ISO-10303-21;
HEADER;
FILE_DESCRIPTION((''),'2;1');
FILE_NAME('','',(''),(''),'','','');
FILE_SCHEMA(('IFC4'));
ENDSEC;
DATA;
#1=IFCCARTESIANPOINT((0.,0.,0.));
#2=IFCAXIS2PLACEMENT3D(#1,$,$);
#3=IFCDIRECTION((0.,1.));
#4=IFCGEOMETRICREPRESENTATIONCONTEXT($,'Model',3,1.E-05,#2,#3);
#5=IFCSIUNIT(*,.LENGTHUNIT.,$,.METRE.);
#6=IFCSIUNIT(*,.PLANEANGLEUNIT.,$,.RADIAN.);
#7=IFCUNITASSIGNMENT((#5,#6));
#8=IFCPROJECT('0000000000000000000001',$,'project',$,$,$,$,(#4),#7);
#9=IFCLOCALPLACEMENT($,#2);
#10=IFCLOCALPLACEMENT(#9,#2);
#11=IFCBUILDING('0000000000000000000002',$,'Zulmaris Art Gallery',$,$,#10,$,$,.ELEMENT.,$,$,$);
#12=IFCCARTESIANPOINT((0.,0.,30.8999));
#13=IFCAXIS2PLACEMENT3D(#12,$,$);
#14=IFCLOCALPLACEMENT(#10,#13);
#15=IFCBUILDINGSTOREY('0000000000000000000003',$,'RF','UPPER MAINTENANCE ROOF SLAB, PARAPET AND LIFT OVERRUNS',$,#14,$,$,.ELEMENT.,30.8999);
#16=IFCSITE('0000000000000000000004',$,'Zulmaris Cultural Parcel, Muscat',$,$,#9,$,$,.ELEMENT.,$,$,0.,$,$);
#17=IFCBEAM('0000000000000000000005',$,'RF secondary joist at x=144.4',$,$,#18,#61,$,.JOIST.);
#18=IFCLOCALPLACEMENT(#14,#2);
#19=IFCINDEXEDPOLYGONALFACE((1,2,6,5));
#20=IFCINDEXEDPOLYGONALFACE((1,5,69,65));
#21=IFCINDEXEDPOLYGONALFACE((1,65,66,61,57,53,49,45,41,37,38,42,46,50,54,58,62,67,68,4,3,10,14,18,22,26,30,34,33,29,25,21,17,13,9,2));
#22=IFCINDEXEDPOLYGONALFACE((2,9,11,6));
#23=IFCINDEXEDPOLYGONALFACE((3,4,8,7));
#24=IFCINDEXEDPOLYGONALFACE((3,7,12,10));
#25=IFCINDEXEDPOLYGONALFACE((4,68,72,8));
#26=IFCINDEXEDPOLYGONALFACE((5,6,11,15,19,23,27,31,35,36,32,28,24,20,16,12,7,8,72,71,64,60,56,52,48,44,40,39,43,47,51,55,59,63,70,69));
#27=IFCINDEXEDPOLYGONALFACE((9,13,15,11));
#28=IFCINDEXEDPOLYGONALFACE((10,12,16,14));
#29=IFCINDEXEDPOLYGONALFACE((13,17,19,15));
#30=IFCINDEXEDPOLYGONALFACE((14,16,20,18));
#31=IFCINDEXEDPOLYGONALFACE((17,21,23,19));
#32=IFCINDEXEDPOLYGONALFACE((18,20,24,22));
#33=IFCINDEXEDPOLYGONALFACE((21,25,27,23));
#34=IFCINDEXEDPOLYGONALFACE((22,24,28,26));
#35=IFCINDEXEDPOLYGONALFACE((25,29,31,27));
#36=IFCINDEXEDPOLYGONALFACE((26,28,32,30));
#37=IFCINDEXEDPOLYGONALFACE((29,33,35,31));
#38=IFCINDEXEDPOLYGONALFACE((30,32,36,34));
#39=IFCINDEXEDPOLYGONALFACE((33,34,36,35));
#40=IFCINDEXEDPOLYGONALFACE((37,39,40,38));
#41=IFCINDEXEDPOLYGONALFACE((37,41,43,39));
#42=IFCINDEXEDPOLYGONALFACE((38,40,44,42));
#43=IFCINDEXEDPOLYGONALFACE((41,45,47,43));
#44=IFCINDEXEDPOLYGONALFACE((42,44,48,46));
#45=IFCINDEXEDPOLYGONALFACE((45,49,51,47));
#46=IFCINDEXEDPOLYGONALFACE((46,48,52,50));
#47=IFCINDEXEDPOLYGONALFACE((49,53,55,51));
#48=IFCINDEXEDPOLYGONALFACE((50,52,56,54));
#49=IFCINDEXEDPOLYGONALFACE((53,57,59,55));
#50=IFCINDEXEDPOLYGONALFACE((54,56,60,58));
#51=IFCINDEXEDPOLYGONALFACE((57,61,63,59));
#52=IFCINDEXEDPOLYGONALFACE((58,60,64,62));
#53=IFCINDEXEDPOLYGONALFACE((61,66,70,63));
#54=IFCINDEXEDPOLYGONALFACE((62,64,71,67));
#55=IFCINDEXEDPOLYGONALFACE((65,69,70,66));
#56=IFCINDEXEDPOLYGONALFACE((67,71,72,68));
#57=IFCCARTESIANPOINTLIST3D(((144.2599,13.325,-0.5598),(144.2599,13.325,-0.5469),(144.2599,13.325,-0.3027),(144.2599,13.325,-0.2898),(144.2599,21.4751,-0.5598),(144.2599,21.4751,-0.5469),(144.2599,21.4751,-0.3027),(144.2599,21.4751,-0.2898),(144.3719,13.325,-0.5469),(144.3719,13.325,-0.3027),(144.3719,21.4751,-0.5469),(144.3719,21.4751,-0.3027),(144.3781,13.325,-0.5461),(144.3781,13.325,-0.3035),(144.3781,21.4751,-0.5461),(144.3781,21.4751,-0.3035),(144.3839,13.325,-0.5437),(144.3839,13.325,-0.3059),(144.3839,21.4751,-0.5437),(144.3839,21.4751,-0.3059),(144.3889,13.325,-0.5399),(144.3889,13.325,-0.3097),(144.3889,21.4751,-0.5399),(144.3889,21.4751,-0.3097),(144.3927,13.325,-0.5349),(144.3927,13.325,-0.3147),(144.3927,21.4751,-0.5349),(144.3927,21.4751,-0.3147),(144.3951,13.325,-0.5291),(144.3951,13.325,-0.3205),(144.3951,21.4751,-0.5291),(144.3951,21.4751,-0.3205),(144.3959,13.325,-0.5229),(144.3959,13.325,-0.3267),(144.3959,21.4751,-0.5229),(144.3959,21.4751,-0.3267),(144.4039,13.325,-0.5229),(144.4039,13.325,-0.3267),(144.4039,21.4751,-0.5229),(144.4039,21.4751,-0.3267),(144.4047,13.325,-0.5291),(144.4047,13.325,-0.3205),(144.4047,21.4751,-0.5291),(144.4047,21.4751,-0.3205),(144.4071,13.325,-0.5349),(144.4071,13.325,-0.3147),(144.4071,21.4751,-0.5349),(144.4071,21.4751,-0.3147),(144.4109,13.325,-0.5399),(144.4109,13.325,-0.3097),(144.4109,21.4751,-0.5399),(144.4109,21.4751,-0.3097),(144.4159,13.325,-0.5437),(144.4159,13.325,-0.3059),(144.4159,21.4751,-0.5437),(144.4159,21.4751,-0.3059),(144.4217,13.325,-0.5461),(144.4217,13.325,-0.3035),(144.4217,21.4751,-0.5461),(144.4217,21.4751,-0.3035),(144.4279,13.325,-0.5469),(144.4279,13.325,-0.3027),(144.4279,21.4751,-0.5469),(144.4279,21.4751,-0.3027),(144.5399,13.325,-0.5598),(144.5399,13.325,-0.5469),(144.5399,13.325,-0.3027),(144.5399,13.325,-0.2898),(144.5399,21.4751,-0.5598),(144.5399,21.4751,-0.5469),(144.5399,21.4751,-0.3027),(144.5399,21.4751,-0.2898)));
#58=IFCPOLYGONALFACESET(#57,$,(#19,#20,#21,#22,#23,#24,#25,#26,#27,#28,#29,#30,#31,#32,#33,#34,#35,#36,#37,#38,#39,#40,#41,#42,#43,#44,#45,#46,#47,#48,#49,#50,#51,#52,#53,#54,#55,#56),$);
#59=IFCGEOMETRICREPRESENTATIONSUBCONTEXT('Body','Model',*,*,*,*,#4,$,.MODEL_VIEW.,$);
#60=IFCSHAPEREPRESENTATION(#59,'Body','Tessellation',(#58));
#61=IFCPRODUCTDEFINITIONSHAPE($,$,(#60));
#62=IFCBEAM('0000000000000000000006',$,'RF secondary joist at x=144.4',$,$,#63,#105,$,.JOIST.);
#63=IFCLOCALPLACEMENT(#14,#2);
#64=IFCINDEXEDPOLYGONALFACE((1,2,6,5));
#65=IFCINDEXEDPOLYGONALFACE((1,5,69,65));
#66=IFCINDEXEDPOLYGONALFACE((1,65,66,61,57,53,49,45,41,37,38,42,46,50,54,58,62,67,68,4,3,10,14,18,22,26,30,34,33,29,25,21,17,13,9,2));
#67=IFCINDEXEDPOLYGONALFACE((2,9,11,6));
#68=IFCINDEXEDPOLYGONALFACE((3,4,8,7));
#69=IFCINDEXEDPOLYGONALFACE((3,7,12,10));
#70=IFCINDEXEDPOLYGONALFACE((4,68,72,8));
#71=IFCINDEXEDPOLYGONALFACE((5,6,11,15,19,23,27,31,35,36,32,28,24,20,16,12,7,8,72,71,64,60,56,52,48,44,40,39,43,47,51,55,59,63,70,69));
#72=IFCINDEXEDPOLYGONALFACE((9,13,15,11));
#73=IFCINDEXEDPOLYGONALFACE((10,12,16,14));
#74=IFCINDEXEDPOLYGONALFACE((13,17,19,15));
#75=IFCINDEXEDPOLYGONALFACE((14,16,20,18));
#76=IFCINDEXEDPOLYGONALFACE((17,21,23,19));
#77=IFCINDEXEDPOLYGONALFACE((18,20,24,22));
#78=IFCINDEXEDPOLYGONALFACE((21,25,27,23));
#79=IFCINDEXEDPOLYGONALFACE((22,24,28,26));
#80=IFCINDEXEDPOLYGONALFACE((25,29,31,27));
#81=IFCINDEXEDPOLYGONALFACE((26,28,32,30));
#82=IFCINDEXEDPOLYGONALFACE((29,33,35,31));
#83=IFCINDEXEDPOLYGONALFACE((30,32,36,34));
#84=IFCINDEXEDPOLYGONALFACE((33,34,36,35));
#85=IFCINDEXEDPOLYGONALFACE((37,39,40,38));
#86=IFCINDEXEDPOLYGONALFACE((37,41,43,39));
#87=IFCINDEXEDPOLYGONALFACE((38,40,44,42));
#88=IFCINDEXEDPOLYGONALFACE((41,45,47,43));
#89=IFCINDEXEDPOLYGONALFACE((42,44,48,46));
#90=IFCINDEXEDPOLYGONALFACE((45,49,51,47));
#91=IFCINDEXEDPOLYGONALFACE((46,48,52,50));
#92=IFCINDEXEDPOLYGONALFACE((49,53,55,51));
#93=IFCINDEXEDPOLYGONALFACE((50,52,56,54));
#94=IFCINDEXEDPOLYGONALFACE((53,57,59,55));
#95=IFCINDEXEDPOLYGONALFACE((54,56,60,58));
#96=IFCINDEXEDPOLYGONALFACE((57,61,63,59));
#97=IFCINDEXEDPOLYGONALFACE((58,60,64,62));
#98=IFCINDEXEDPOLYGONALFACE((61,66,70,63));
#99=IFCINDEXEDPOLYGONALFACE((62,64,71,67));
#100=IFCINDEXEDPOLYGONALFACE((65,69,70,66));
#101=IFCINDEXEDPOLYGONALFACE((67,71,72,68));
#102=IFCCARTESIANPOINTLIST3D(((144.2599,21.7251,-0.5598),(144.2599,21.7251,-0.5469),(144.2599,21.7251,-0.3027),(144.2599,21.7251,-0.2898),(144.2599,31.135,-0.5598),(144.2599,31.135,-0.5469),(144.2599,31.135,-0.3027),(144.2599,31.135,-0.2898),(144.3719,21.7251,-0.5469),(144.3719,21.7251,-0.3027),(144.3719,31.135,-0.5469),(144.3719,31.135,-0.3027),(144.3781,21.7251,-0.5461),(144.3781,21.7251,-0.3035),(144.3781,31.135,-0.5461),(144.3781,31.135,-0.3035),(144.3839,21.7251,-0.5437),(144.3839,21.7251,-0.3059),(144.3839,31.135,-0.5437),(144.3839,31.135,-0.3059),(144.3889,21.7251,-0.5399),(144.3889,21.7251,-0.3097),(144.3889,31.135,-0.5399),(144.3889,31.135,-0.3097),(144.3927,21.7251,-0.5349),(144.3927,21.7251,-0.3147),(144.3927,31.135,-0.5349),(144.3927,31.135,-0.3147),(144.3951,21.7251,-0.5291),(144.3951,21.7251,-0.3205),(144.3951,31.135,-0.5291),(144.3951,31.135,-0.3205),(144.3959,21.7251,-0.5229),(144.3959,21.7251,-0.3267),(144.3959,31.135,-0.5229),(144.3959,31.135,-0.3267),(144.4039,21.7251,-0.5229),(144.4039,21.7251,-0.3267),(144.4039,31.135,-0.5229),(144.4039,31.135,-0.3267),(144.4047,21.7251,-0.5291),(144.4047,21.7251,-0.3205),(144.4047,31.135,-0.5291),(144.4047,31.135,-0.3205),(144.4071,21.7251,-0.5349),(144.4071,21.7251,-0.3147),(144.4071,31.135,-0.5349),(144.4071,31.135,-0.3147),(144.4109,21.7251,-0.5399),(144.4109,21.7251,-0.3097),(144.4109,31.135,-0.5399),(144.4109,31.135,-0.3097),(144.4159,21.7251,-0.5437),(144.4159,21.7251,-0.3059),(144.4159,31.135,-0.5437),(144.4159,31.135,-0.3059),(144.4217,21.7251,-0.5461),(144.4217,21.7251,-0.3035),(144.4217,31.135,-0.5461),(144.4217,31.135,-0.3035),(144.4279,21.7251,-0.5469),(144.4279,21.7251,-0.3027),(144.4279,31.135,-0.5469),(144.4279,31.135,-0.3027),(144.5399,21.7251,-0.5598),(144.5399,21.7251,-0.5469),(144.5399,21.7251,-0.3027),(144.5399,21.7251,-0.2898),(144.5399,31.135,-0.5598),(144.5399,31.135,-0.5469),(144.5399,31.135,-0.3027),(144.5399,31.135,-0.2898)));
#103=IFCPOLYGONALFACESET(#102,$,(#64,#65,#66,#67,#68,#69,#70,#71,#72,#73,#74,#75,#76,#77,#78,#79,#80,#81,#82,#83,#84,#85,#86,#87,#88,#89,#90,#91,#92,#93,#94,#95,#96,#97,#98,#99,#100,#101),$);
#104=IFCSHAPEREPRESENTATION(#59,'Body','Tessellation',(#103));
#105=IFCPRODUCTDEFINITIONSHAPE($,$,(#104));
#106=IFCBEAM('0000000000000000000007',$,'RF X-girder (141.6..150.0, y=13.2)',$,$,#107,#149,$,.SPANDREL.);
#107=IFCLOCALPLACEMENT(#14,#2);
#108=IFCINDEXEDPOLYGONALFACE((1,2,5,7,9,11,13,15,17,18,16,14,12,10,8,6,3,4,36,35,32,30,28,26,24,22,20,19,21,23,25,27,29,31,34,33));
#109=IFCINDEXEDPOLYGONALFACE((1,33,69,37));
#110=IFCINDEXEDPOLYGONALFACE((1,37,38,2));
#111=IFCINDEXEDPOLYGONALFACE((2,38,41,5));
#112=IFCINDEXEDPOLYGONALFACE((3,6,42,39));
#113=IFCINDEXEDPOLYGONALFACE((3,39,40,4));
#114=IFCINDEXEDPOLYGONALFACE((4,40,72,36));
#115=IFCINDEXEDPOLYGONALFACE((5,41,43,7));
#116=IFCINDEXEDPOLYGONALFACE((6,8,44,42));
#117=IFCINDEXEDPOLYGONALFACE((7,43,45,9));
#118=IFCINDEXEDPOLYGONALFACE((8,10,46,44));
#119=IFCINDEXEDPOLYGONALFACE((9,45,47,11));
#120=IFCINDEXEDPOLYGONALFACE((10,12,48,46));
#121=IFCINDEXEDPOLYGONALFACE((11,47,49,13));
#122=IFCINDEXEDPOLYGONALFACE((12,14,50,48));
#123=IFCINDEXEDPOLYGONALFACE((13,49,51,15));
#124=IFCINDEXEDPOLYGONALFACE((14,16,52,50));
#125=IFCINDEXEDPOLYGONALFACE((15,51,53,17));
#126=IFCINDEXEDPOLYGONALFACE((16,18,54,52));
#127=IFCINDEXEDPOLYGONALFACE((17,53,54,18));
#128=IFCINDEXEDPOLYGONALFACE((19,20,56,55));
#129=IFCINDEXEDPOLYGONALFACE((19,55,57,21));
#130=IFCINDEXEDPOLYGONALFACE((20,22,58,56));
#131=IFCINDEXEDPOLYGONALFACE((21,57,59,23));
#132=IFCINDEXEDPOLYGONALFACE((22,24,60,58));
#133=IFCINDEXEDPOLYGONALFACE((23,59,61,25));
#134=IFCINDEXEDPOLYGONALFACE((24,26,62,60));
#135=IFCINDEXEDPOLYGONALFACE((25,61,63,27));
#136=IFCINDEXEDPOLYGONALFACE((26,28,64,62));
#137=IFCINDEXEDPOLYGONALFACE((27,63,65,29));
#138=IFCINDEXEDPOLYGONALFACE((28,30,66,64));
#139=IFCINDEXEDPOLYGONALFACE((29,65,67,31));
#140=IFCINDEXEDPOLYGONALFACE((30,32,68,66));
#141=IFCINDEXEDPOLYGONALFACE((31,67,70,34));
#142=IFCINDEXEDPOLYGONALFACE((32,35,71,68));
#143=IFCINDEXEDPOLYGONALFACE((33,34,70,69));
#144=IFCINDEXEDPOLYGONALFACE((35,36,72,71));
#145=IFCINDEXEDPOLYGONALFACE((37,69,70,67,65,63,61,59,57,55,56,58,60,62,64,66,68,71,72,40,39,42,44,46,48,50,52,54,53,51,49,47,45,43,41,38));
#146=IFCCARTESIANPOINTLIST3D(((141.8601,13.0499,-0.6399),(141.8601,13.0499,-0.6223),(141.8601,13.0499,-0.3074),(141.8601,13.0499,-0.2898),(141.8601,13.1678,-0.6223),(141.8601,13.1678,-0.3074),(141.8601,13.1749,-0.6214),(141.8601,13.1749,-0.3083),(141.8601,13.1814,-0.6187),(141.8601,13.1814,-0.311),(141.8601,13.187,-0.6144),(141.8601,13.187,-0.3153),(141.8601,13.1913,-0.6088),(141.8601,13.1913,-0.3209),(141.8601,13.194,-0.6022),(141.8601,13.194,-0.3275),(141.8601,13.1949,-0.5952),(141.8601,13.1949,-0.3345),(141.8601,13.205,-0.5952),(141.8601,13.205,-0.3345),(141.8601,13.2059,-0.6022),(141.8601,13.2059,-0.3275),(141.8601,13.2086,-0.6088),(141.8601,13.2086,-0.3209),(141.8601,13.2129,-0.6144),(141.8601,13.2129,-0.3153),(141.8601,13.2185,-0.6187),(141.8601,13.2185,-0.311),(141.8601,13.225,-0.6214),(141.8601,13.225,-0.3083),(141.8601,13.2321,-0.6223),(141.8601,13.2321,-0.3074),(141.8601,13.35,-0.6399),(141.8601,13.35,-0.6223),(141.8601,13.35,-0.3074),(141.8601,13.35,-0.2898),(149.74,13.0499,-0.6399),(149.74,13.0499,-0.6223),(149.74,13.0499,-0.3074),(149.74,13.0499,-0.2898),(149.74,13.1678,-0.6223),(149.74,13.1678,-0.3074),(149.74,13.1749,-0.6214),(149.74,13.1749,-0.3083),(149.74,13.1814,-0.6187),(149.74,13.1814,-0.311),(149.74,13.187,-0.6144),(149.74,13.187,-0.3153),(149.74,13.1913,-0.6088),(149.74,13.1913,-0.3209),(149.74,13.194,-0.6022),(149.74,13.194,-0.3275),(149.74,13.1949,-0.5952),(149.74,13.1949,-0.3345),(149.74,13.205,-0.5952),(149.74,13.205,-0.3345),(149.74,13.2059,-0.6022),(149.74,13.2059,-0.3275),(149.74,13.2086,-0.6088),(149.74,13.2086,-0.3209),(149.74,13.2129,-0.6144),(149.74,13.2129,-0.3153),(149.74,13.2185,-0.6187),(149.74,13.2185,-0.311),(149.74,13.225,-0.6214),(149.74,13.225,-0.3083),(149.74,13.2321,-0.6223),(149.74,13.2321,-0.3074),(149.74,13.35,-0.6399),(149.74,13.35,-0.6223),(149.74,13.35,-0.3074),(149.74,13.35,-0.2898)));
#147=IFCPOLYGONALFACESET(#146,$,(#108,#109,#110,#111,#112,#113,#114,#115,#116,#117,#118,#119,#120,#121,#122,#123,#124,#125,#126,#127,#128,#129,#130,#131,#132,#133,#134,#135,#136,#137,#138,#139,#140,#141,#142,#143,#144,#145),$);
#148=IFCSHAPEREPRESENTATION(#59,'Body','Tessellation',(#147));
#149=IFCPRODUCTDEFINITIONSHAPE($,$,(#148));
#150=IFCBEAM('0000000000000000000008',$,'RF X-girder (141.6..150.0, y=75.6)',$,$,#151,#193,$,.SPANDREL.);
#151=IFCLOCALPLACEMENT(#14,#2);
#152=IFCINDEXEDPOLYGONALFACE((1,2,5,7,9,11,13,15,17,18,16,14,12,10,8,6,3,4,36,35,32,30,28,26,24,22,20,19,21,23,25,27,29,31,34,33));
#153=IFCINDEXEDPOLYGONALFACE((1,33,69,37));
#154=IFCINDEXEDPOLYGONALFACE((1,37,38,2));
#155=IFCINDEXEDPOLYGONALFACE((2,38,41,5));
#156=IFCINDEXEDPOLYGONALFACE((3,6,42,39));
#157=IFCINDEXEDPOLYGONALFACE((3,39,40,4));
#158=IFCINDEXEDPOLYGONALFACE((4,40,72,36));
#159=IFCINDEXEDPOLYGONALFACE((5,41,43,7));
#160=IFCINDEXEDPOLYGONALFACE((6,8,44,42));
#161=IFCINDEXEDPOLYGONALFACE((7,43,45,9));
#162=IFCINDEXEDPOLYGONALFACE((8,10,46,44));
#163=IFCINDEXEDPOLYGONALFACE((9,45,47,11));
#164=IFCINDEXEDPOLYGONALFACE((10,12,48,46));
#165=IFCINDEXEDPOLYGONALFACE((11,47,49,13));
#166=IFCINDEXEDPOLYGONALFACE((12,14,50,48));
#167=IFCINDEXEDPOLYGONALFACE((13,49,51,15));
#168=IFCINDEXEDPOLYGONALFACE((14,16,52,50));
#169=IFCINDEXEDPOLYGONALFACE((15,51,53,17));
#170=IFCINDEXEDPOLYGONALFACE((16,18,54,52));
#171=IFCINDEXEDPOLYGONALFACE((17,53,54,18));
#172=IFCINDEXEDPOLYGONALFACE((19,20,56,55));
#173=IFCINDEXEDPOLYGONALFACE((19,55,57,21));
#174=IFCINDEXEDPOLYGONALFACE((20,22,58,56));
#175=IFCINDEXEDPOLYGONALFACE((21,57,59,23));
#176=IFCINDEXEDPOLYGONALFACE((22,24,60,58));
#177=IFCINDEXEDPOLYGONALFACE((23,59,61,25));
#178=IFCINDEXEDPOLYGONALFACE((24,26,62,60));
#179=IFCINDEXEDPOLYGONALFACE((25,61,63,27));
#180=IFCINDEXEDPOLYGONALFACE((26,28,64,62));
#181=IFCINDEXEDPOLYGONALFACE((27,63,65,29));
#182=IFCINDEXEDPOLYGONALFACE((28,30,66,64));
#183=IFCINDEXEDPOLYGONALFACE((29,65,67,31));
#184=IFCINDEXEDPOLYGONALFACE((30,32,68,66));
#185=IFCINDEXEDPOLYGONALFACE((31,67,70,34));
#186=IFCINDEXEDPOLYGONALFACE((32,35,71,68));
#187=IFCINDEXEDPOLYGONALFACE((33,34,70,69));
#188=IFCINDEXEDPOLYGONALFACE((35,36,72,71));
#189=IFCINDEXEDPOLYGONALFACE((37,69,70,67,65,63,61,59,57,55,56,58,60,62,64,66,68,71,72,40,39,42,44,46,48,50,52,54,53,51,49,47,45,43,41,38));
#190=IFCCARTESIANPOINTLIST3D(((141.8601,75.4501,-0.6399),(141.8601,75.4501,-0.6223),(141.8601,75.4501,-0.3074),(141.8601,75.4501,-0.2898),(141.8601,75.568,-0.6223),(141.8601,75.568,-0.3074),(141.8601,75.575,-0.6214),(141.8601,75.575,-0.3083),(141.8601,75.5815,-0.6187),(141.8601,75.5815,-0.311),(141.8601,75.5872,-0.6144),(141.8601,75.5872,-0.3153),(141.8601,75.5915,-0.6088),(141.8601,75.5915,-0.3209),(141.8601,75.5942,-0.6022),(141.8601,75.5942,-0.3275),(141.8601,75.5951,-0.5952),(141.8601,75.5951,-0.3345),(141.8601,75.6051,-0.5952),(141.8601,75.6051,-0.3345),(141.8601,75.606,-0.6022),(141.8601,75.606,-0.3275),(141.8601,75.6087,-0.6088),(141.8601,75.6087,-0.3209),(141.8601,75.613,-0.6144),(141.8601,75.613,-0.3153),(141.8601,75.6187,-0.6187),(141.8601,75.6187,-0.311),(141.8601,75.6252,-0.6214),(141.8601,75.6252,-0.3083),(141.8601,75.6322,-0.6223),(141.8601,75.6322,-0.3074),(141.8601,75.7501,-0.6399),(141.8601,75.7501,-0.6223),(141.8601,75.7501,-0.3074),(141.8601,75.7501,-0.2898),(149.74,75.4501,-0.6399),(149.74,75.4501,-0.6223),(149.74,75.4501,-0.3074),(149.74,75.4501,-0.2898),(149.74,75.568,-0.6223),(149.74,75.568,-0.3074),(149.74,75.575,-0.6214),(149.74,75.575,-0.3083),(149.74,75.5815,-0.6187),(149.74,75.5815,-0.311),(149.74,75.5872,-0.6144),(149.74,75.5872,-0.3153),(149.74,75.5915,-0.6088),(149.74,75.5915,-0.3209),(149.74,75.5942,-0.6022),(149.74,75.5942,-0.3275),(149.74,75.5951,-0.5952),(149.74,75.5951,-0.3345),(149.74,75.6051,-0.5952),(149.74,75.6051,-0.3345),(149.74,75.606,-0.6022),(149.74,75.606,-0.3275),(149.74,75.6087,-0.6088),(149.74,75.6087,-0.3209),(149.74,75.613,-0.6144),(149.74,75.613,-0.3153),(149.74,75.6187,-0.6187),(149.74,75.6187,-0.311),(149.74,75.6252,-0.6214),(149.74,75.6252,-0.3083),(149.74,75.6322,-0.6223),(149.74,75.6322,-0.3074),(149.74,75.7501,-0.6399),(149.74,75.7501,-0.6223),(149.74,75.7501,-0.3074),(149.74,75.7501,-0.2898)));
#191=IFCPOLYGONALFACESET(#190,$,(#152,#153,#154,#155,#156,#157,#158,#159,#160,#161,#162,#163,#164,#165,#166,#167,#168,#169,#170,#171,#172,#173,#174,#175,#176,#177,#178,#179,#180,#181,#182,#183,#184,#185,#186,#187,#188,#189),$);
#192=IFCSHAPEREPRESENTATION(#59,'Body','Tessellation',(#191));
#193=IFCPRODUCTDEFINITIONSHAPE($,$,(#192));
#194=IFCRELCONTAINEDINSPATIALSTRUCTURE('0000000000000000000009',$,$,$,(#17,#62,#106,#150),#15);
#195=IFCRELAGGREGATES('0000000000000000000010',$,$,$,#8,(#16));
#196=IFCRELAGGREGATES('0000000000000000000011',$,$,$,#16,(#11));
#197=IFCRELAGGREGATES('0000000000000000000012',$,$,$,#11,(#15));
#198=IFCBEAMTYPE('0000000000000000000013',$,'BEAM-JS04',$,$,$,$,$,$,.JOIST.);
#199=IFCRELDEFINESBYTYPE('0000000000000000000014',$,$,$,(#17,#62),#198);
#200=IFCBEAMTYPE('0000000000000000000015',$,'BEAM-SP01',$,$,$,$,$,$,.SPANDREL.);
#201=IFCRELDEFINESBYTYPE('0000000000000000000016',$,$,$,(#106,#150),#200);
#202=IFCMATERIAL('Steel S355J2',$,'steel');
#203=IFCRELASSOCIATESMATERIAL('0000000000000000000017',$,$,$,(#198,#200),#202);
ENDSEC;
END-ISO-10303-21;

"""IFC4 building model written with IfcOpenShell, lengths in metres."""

from ifc_helpers import new_model, si_unit, direction, frame, origin, origin_2d, place, context, subcontext, project, spatial, i_section, extrude, material, material_profile, profile_set, type_object, element, save


model = new_model("IFC4")

# Units and contexts
model_context = context("Model", 3, precision=1e-05, world=origin(), true_north=direction((0.0, 1.0)))
body_context = subcontext(model_context, "Body", "Model", "MODEL_VIEW")
ifc_project = project(units=[si_unit("LENGTHUNIT", "METRE"), si_unit("PLANEANGLEUNIT", "RADIAN")], contexts=[model_context])

# Site, building, storey
site_placement = place(None, origin())
site = spatial("IfcSite", under=ifc_project, at=site_placement, Name="Zulmaris Cultural Parcel, Muscat", CompositionType="ELEMENT", RefElevation=0.0)
building_placement = place(site_placement, origin())
building = spatial("IfcBuilding", under=site, at=building_placement, Name="Zulmaris Art Gallery", CompositionType="ELEMENT")
storey_placement = place(building_placement, frame((0.0, 0.0, 30.8999)))
storey = spatial("IfcBuildingStorey", under=building, at=storey_placement, Name="RF", Description="UPPER MAINTENANCE ROOF SLAB, PARAPET AND LIFT OVERRUNS", CompositionType="ELEMENT", Elevation=30.8999)

# Beams
ifc_material_1 = material(Name="Steel S355J2", Category="steel")
ifc_material_profile_1 = material_profile(ifc_material_1, i_section(OverallWidth=0.28, OverallDepth=0.27, WebThickness=0.0081, FlangeThickness=0.0129, FilletRadius=0.0239, at=origin_2d()), Name="HEA 280")
ifc_profile_set_1 = profile_set([ifc_material_profile_1], Name="Steel S355J2")
beam_type_1 = type_object("IfcBeamType", Name="BEAM-JS04", PredefinedType="JOIST", material=ifc_profile_set_1)
beam_1_placement = place(storey_placement, frame((144.3999, 13.325, -0.4248), z_axis=(0.0, 1.0, 0.0), x_axis=(-1.0, 0.0, 0.0)))
element("IfcBeam", 1, at=beam_1_placement, inside=storey, type_object=beam_type_1, Name="RF secondary joist at x=144.4", PredefinedType="JOIST", context=body_context, shape_type="SweptSolid", body=[
    extrude(i_section(OverallWidth=0.28, OverallDepth=0.27, WebThickness=0.0081, FlangeThickness=0.0129, FilletRadius=0.0239, at=origin_2d()), origin(), (0.0, 0.0, 1.0), 8.1501),
])
beam_2_placement = place(storey_placement, frame((144.3999, 21.7251, -0.4248), z_axis=(0.0, 1.0, 0.0), x_axis=(-1.0, 0.0, 0.0)))
element("IfcBeam", 2, at=beam_2_placement, inside=storey, type_object=beam_type_1, Name="RF secondary joist at x=144.4", PredefinedType="JOIST", context=body_context, shape_type="SweptSolid", body=[
    extrude(i_section(OverallWidth=0.28, OverallDepth=0.27, WebThickness=0.0081, FlangeThickness=0.0129, FilletRadius=0.0239, at=origin_2d()), origin(), (0.0, 0.0, 1.0), 9.4099),
])
ifc_material_profile_2 = material_profile(ifc_material_1, i_section(OverallWidth=0.3, OverallDepth=0.3501, WebThickness=0.01, FlangeThickness=0.0176, FilletRadius=0.0271, at=origin_2d()), Name="HEA 360")
ifc_profile_set_2 = profile_set([ifc_material_profile_2], Name="Steel S355J2")
beam_type_2 = type_object("IfcBeamType", Name="BEAM-SP01", PredefinedType="SPANDREL", material=ifc_profile_set_2)
for number, where, z_axis, x_axis, name in (
    (3, (141.8601, 13.2, -0.4648), (1.0, 0.0, 0.0), (0.0, 1.0, 0.0), "RF X-girder (141.6..150.0, y=13.2)"),
    (4, (141.8601, 75.6001, -0.4648), (1.0, 0.0, 0.0), (0.0, 1.0, 0.0), "RF X-girder (141.6..150.0, y=75.6)"),
):
    element("IfcBeam", number, at=place(storey_placement, frame(where, z_axis=z_axis, x_axis=x_axis)), inside=storey, type_object=beam_type_2, Name=name, PredefinedType="SPANDREL", context=body_context, shape_type="SweptSolid", body=[
        extrude(i_section(OverallWidth=0.3, OverallDepth=0.3501, WebThickness=0.01, FlangeThickness=0.0176, FilletRadius=0.0271, at=origin_2d()), origin(), (0.0, 0.0, 1.0), 7.8799),
    ])

save(model, "model.ifc")
